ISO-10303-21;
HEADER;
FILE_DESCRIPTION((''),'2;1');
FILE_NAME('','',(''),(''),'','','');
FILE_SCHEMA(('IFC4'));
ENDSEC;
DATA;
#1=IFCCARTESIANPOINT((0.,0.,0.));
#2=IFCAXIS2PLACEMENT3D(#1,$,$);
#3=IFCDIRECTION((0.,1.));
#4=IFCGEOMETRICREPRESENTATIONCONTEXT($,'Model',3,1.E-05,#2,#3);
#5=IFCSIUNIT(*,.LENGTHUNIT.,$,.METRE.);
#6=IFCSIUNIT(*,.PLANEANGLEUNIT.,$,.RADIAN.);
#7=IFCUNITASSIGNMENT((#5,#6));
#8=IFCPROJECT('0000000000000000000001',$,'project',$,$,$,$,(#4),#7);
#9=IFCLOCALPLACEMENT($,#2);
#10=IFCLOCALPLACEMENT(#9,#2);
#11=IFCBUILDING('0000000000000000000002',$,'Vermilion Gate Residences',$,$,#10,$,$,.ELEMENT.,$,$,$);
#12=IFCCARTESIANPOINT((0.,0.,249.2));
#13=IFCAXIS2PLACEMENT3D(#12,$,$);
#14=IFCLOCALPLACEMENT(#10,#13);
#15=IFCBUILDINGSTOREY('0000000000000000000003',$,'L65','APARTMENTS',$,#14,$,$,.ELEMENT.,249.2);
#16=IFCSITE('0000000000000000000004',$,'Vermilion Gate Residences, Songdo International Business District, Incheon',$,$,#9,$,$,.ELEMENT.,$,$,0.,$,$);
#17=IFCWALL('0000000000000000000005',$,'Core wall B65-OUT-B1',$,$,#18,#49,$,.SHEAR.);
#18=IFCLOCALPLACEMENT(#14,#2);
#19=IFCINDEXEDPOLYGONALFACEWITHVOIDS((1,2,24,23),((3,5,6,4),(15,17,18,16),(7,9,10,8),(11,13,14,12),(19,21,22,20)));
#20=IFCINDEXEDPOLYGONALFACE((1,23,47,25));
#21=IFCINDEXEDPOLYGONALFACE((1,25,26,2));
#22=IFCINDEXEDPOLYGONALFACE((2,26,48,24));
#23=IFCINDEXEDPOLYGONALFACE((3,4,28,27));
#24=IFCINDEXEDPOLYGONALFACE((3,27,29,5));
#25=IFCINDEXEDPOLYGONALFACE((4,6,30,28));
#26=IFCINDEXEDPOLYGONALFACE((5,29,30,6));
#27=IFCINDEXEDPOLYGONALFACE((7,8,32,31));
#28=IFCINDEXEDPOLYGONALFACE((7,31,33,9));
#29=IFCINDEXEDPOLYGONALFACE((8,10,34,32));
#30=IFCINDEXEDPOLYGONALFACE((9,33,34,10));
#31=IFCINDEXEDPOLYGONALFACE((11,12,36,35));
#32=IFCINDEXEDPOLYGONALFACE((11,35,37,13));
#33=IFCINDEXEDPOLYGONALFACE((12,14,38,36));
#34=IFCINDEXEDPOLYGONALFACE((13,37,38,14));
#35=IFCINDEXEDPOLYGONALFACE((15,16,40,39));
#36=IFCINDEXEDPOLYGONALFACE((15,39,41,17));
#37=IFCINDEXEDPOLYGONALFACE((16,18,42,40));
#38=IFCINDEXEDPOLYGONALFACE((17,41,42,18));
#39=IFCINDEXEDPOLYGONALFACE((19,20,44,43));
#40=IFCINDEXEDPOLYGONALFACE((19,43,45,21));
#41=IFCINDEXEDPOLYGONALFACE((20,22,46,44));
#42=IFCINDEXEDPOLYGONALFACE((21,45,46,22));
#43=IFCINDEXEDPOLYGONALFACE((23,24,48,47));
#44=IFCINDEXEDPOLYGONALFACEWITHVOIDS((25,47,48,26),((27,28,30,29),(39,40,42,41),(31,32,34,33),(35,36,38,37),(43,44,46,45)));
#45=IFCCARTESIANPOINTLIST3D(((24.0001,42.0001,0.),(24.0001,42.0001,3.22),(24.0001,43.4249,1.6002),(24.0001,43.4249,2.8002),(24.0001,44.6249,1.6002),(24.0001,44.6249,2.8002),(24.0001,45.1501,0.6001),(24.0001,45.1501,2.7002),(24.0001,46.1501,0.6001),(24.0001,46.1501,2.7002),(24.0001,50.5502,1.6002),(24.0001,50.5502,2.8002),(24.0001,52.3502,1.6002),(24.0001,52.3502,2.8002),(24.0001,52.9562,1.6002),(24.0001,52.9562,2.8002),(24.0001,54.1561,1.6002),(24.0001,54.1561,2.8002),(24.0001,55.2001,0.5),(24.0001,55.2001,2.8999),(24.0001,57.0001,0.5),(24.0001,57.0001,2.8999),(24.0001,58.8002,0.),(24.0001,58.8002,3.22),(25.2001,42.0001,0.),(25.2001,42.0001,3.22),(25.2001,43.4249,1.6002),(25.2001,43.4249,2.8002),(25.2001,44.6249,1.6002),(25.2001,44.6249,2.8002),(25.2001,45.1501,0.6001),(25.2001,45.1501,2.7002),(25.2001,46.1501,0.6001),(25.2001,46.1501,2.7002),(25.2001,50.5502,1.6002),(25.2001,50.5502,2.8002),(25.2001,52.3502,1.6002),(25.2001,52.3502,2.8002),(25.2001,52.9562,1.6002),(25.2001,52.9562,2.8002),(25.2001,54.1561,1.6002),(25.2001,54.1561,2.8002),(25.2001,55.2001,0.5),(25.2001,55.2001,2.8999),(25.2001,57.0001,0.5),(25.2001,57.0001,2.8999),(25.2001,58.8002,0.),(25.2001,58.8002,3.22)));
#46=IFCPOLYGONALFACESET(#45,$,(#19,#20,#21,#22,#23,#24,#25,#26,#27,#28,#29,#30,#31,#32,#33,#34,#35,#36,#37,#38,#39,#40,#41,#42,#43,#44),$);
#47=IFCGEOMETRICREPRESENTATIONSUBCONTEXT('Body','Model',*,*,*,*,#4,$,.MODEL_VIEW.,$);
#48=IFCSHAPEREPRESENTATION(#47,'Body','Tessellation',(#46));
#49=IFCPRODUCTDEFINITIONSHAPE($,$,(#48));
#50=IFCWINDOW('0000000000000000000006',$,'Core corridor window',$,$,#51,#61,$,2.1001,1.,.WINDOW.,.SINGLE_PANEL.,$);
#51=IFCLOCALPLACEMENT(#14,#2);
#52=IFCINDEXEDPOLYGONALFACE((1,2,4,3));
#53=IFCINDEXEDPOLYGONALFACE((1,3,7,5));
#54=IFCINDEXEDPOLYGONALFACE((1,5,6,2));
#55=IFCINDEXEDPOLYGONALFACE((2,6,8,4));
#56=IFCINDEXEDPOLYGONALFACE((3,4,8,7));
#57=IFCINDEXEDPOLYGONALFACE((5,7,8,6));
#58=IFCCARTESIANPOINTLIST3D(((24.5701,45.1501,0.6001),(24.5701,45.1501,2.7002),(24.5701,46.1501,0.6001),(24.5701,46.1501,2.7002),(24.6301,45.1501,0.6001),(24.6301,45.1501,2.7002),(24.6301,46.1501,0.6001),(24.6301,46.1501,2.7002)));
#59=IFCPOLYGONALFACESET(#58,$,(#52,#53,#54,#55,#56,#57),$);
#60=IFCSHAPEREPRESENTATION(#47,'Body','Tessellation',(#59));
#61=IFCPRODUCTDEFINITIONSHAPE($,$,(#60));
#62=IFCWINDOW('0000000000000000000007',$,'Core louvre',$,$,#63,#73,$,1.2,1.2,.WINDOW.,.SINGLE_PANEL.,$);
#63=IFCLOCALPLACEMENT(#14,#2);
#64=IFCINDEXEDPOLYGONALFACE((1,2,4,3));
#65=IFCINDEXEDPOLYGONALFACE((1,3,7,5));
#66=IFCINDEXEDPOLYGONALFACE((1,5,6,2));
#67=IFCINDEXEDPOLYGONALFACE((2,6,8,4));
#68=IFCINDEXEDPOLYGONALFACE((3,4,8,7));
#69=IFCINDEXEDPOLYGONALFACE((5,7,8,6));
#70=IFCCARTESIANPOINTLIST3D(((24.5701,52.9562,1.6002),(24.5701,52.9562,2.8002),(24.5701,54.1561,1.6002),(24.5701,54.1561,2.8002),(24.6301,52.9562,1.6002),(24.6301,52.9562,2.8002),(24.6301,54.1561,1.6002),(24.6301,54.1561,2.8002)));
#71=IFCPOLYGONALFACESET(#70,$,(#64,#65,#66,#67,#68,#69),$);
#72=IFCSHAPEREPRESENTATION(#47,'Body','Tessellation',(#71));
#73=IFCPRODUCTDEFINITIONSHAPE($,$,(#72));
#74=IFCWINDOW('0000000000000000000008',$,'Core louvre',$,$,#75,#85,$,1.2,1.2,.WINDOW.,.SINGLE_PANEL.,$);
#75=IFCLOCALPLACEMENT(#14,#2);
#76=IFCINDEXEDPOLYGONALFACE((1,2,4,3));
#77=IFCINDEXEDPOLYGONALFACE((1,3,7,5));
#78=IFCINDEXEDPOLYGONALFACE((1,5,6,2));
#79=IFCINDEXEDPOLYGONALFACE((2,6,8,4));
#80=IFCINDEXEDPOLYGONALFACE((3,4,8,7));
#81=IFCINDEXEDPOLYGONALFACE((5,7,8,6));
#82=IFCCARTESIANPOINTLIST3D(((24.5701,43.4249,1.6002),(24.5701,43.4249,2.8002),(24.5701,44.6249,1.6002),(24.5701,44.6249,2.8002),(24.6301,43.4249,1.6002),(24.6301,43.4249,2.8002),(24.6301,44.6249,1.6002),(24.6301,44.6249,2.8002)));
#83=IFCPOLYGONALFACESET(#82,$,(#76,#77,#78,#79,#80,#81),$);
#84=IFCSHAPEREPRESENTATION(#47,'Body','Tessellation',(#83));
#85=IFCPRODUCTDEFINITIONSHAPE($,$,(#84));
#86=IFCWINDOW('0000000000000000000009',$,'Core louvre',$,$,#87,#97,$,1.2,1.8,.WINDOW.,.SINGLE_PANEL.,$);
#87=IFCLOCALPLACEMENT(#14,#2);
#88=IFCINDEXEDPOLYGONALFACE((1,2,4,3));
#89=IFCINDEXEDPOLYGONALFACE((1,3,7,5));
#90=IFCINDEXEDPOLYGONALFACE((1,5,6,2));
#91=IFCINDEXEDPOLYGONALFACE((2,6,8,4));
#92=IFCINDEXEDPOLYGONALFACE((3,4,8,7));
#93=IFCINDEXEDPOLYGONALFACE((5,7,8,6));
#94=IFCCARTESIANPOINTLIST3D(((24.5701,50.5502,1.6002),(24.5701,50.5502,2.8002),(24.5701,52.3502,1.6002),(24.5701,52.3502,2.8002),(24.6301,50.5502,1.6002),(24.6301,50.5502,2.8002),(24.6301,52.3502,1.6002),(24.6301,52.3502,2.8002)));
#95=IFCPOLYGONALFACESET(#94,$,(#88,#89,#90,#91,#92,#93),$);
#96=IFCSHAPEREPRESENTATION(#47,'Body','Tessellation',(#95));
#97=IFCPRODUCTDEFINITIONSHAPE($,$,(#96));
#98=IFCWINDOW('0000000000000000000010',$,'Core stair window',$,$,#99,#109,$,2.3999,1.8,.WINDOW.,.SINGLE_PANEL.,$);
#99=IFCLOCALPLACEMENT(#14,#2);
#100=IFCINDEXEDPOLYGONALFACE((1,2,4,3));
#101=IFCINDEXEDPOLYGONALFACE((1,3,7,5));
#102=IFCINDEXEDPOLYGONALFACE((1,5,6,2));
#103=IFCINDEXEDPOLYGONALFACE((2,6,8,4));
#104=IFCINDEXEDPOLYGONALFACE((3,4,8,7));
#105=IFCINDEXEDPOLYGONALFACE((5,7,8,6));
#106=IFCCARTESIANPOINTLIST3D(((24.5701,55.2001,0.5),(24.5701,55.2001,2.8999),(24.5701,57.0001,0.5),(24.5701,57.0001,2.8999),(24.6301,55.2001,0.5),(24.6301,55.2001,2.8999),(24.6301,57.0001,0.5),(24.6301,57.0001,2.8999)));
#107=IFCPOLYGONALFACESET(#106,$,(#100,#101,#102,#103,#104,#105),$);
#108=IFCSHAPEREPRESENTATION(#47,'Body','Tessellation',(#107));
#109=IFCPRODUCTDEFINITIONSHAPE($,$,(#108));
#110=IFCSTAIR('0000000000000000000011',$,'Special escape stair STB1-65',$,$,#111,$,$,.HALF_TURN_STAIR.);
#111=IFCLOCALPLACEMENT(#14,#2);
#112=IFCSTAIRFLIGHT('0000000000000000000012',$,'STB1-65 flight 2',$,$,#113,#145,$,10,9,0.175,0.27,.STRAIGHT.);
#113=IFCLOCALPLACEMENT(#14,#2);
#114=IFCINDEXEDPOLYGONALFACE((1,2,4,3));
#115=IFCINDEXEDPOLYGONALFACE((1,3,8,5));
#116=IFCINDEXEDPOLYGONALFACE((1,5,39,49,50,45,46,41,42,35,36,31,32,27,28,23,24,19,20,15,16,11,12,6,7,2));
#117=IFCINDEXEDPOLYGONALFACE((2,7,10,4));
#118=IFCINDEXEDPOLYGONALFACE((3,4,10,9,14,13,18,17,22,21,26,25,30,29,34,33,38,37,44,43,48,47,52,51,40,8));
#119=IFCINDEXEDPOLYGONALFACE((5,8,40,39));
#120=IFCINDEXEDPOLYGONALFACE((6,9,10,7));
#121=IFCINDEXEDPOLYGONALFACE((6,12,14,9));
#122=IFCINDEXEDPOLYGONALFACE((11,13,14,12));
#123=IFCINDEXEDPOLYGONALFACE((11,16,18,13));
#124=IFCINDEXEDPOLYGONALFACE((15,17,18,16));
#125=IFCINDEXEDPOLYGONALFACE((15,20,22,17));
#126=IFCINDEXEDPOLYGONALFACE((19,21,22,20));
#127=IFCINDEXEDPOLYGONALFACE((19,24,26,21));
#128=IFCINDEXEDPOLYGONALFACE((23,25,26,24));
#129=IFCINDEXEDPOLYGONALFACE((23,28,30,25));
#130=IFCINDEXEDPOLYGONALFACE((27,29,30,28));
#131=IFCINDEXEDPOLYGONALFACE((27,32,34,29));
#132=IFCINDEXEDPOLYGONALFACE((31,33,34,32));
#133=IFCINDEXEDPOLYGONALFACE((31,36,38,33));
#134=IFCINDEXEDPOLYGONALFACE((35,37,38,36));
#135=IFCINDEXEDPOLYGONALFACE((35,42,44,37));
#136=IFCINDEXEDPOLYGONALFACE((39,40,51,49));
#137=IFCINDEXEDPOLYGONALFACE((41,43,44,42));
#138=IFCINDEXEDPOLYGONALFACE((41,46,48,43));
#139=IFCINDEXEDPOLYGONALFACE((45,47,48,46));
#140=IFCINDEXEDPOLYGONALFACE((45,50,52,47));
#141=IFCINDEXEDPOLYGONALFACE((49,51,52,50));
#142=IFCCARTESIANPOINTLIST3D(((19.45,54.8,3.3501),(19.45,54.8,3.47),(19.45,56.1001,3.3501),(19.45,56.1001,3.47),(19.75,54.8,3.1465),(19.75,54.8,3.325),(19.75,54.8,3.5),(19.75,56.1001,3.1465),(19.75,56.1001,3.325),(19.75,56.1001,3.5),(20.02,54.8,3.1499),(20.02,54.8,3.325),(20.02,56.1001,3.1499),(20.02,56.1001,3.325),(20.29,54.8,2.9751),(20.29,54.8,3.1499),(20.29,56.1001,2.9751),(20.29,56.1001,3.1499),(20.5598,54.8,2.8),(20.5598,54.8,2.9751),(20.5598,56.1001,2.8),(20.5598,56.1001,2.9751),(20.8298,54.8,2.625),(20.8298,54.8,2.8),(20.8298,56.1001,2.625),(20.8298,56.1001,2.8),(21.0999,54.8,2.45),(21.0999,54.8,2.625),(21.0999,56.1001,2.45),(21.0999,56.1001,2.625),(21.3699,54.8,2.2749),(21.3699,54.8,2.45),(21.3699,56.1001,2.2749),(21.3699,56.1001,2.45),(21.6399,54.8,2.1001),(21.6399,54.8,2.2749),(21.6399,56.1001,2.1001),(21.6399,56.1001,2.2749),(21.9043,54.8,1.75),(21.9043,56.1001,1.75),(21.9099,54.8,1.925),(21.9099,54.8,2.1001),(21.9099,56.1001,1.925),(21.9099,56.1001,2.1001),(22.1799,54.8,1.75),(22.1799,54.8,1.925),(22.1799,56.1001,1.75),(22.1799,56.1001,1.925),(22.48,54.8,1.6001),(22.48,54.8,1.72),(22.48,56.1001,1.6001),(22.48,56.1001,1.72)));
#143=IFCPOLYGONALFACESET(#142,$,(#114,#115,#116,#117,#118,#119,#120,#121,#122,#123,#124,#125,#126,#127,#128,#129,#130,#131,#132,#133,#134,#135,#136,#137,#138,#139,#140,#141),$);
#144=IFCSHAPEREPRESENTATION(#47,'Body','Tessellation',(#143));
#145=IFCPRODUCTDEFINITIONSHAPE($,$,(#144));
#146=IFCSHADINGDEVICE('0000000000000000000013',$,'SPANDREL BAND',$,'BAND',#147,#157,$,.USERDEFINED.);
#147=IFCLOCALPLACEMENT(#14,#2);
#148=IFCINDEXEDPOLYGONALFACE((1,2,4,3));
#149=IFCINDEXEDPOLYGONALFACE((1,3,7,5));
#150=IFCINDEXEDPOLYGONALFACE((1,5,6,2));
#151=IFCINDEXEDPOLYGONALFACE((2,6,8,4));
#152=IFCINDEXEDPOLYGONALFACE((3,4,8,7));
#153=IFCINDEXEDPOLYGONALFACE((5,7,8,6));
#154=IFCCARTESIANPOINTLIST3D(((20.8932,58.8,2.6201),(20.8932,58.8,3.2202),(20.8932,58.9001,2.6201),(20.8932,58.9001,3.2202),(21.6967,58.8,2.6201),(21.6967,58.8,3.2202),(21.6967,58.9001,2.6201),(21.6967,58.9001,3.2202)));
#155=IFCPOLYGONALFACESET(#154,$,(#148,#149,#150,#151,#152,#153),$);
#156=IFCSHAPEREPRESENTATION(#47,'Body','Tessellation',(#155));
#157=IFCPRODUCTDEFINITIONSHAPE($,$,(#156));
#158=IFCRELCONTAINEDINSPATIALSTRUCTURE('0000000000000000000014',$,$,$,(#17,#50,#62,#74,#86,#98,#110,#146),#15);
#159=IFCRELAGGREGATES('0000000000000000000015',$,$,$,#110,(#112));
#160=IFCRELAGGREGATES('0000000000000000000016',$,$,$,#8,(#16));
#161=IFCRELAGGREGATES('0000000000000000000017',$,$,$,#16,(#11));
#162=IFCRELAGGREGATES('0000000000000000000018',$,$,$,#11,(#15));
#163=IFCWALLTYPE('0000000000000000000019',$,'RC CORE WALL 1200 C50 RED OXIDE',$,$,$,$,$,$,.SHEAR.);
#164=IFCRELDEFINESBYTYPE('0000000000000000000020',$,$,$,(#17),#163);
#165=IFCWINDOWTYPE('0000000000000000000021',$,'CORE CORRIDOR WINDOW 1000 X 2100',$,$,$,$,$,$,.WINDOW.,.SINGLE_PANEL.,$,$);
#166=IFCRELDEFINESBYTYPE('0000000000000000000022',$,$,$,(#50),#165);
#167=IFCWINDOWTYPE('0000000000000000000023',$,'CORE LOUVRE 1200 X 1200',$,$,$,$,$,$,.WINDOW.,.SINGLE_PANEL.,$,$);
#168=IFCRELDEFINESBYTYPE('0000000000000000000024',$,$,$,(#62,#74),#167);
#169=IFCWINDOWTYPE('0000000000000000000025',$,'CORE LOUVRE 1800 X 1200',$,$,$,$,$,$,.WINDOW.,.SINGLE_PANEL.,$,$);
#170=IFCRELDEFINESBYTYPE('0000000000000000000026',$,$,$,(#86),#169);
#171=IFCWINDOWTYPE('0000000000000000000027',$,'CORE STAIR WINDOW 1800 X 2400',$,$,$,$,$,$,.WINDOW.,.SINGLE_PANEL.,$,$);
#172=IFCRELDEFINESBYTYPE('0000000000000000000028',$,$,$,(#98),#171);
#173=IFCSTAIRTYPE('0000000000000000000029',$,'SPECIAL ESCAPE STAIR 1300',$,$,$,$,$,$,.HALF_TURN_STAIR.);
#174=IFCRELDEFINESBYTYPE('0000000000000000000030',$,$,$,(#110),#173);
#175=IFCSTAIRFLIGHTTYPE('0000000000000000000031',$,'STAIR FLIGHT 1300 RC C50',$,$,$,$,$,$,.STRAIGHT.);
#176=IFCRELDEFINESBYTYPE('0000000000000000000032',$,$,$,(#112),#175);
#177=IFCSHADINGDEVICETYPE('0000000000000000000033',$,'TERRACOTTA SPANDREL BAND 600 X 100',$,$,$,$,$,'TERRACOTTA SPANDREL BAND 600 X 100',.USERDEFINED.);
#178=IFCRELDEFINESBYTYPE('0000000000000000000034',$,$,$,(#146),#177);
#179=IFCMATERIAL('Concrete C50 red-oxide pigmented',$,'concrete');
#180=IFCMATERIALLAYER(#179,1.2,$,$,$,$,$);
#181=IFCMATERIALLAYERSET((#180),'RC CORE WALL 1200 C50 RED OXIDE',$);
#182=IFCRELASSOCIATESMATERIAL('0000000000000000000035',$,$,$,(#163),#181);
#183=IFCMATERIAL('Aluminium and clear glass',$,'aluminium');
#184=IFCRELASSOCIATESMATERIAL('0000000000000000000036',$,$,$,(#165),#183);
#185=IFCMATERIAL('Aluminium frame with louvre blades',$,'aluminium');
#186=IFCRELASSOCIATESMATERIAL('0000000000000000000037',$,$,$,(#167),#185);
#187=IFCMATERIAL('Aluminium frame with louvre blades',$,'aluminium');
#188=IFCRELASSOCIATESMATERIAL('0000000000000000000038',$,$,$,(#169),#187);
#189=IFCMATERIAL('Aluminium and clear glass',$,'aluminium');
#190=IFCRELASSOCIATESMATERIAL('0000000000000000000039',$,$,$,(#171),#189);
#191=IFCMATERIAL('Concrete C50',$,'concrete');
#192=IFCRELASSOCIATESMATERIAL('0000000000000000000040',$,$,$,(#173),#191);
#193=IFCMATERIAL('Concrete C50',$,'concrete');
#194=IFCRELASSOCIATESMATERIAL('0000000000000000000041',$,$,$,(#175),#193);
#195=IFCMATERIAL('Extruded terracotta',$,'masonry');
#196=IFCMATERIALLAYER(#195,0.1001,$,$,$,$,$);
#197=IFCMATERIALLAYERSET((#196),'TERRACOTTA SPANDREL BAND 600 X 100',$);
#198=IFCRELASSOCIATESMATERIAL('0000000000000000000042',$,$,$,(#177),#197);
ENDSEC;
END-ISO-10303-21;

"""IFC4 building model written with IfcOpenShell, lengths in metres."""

from ifc_helpers import new_model, si_unit, direction, frame, frame_2d, origin, origin_2d, place, context, subcontext, project, spatial, polyline, rectangle, outline, extrude, material, layer, layer_set, type_object, element, fill, aggregate, save


model = new_model("IFC4")

# Units and contexts
model_context = context("Model", 3, precision=1e-05, world=origin(), true_north=direction((0.0, 1.0)))
body_context = subcontext(model_context, "Body", "Model", "MODEL_VIEW")
ifc_project = project(units=[si_unit("LENGTHUNIT", "METRE"), si_unit("PLANEANGLEUNIT", "RADIAN")], contexts=[model_context])

# Site, building, storey
site_placement = place(None, origin())
site = spatial("IfcSite", under=ifc_project, at=site_placement, Name="Vermilion Gate Residences, Songdo International Business District, Incheon", CompositionType="ELEMENT", RefElevation=0.0)
building_placement = place(site_placement, origin())
building = spatial("IfcBuilding", under=site, at=building_placement, Name="Vermilion Gate Residences", CompositionType="ELEMENT")
storey_placement = place(building_placement, frame((0.0, 0.0, 249.2)))
storey = spatial("IfcBuildingStorey", under=building, at=storey_placement, Name="L65", Description="APARTMENTS", CompositionType="ELEMENT", Elevation=249.2)

# Wall, openings, windows
ifc_material_1 = material(Name="Concrete C50 red-oxide pigmented", Category="concrete")
ifc_layer_1 = layer(ifc_material_1, 1.2)
ifc_layer_set_1 = layer_set([ifc_layer_1], Name="RC CORE WALL 1200 C50 RED OXIDE")
wall_type_1 = type_object("IfcWallType", Name="RC CORE WALL 1200 C50 RED OXIDE", PredefinedType="SHEAR", material=ifc_layer_set_1)
wall_1_placement = place(storey_placement, frame((24.6001, 58.8, 0.0), z_axis=(0.0, 0.0, 1.0), x_axis=(0.0, -1.0, 0.0)))
wall_1 = element("IfcWall", 1, at=wall_1_placement, inside=storey, type_object=wall_type_1, Name="Core wall B65-OUT-B1", PredefinedType="SHEAR", context=body_context, shape_type="SweptSolid", body=[
    extrude(rectangle(XDim=16.8, YDim=1.2, at=frame_2d((8.3999, 0.0))), origin(), (0.0, 0.0, 1.0), 3.22),
])
opening_1_placement = place(wall_1_placement, frame((1.8, 0.0, 0.5)))
opening_1 = element("IfcOpeningElement", 2, at=opening_1_placement, cuts=wall_1, PredefinedType="OPENING", context=body_context, shape_type="SweptSolid", body=[
    extrude(rectangle(XDim=1.8, YDim=2.3999, at=frame_2d((0.8999, 1.2))), frame((0.0, 0.6099, 0.0), z_axis=(0.0, -1.0, 0.0), x_axis=(1.0, 0.0, 0.0)), (0.0, 0.0, 1.0), 1.22),
])
opening_2_placement = place(wall_1_placement, frame((4.6438, 0.0, 1.6001)))
opening_2 = element("IfcOpeningElement", 3, at=opening_2_placement, cuts=wall_1, PredefinedType="OPENING", context=body_context, shape_type="SweptSolid", body=[
    extrude(rectangle(XDim=1.2, YDim=1.2, at=frame_2d((0.6001, 0.6001))), frame((0.0, 0.6099, 0.0), z_axis=(0.0, -1.0, 0.0), x_axis=(1.0, 0.0, 0.0)), (0.0, 0.0, 1.0), 1.22),
])
opening_3_placement = place(wall_1_placement, frame((6.45, 0.0, 1.6001)))
opening_3 = element("IfcOpeningElement", 4, at=opening_3_placement, cuts=wall_1, PredefinedType="OPENING", context=body_context, shape_type="SweptSolid", body=[
    extrude(rectangle(XDim=1.8, YDim=1.2, at=frame_2d((0.8999, 0.6001))), frame((0.0, 0.6099, 0.0), z_axis=(0.0, -1.0, 0.0), x_axis=(1.0, 0.0, 0.0)), (0.0, 0.0, 1.0), 1.22),
])
opening_4_placement = place(wall_1_placement, frame((12.6499, 0.0, 0.6001)))
opening_4 = element("IfcOpeningElement", 5, at=opening_4_placement, cuts=wall_1, PredefinedType="OPENING", context=body_context, shape_type="SweptSolid", body=[
    extrude(rectangle(XDim=1.0, YDim=2.1001, at=frame_2d((0.5, 1.05))), frame((0.0, 0.6099, 0.0), z_axis=(0.0, -1.0, 0.0), x_axis=(1.0, 0.0, 0.0)), (0.0, 0.0, 1.0), 1.22),
])
opening_5_placement = place(wall_1_placement, frame((14.175, 0.0, 1.6001)))
opening_5 = element("IfcOpeningElement", 6, at=opening_5_placement, cuts=wall_1, PredefinedType="OPENING", context=body_context, shape_type="SweptSolid", body=[
    extrude(rectangle(XDim=1.2, YDim=1.2, at=frame_2d((0.6001, 0.6001))), frame((0.0, 0.6099, 0.0), z_axis=(0.0, -1.0, 0.0), x_axis=(1.0, 0.0, 0.0)), (0.0, 0.0, 1.0), 1.22),
])
ifc_material_2 = material(Name="Aluminium and clear glass", Category="aluminium")
window_type_1 = type_object("IfcWindowType", Name="CORE CORRIDOR WINDOW 1000 X 2100", PartitioningType="SINGLE_PANEL", PredefinedType="WINDOW", material=ifc_material_2)
window_1_placement = place(opening_4_placement, origin())
window_1 = element("IfcWindow", 7, at=window_1_placement, inside=storey, type_object=window_type_1, Name="Core corridor window", OverallHeight=2.1001, OverallWidth=1.0, PartitioningType="SINGLE_PANEL", PredefinedType="WINDOW", context=body_context, shape_type="SweptSolid", body=[
    extrude(rectangle(XDim=1.0, YDim=2.1001, at=frame_2d((0.5, 1.05))), frame((0.0, 0.03, 0.0), z_axis=(0.0, -1.0, 0.0), x_axis=(1.0, 0.0, 0.0)), (0.0, 0.0, 1.0), 0.0601),
])
fill(opening_4, window_1)
ifc_material_3 = material(Name="Aluminium frame with louvre blades", Category="aluminium")
window_type_2 = type_object("IfcWindowType", Name="CORE LOUVRE 1200 X 1200", PartitioningType="SINGLE_PANEL", PredefinedType="WINDOW", material=ifc_material_3)
window_2_placement = place(opening_2_placement, origin())
window_2 = element("IfcWindow", 8, at=window_2_placement, inside=storey, type_object=window_type_2, Name="Core louvre", OverallHeight=1.2, OverallWidth=1.2, PartitioningType="SINGLE_PANEL", PredefinedType="WINDOW", context=body_context, shape_type="SweptSolid", body=[
    extrude(rectangle(XDim=1.2, YDim=1.2, at=frame_2d((0.6001, 0.6001))), frame((0.0, 0.03, 0.0), z_axis=(0.0, -1.0, 0.0), x_axis=(1.0, 0.0, 0.0)), (0.0, 0.0, 1.0), 0.0601),
])
fill(opening_2, window_2)
window_3_placement = place(opening_5_placement, origin())
window_3 = element("IfcWindow", 9, at=window_3_placement, inside=storey, type_object=window_type_2, Name="Core louvre", OverallHeight=1.2, OverallWidth=1.2, PartitioningType="SINGLE_PANEL", PredefinedType="WINDOW", context=body_context, shape_type="SweptSolid", body=[
    extrude(rectangle(XDim=1.2, YDim=1.2, at=frame_2d((0.6001, 0.6001))), frame((0.0, 0.03, 0.0), z_axis=(0.0, -1.0, 0.0), x_axis=(1.0, 0.0, 0.0)), (0.0, 0.0, 1.0), 0.0601),
])
fill(opening_5, window_3)
ifc_material_4 = material(Name="Aluminium frame with louvre blades", Category="aluminium")
window_type_3 = type_object("IfcWindowType", Name="CORE LOUVRE 1800 X 1200", PartitioningType="SINGLE_PANEL", PredefinedType="WINDOW", material=ifc_material_4)
window_4_placement = place(opening_3_placement, origin())
window_4 = element("IfcWindow", 10, at=window_4_placement, inside=storey, type_object=window_type_3, Name="Core louvre", OverallHeight=1.2, OverallWidth=1.8, PartitioningType="SINGLE_PANEL", PredefinedType="WINDOW", context=body_context, shape_type="SweptSolid", body=[
    extrude(rectangle(XDim=1.8, YDim=1.2, at=frame_2d((0.8999, 0.6001))), frame((0.0, 0.03, 0.0), z_axis=(0.0, -1.0, 0.0), x_axis=(1.0, 0.0, 0.0)), (0.0, 0.0, 1.0), 0.0601),
])
fill(opening_3, window_4)
ifc_material_5 = material(Name="Aluminium and clear glass", Category="aluminium")
window_type_4 = type_object("IfcWindowType", Name="CORE STAIR WINDOW 1800 X 2400", PartitioningType="SINGLE_PANEL", PredefinedType="WINDOW", material=ifc_material_5)
window_5_placement = place(opening_1_placement, origin())
window_5 = element("IfcWindow", 11, at=window_5_placement, inside=storey, type_object=window_type_4, Name="Core stair window", OverallHeight=2.3999, OverallWidth=1.8, PartitioningType="SINGLE_PANEL", PredefinedType="WINDOW", context=body_context, shape_type="SweptSolid", body=[
    extrude(rectangle(XDim=1.8, YDim=2.3999, at=frame_2d((0.8999, 1.2))), frame((0.0, 0.03, 0.0), z_axis=(0.0, -1.0, 0.0), x_axis=(1.0, 0.0, 0.0)), (0.0, 0.0, 1.0), 0.0601),
])
fill(opening_1, window_5)

# Stair, stair flight
ifc_material_6 = material(Name="Concrete C50", Category="concrete")
stair_type = type_object("IfcStairType", Name="SPECIAL ESCAPE STAIR 1300", PredefinedType="HALF_TURN_STAIR", material=ifc_material_6)
stair_placement = place(storey_placement, origin())
stair = element("IfcStair", 12, at=stair_placement, inside=storey, type_object=stair_type, Name="Special escape stair STB1-65", PredefinedType="HALF_TURN_STAIR")
ifc_material_7 = material(Name="Concrete C50", Category="concrete")
stair_flight_type = type_object("IfcStairFlightType", Name="STAIR FLIGHT 1300 RC C50", PredefinedType="STRAIGHT", material=ifc_material_7)
stair_flight_placement = place(storey_placement, frame((22.1799, 55.45, 1.75), z_axis=(0.0, 0.0, 1.0), x_axis=(-1.0, 0.0, 0.0)))
stair_flight = element("IfcStairFlight", 13, at=stair_flight_placement, type_object=stair_flight_type, Name="STB1-65 flight 2", NumberOfRisers=10, NumberOfTreads=9, PredefinedType="STRAIGHT", RiserHeight=0.175, TreadLength=0.27, context=body_context, shape_type="SweptSolid", body=[
    extrude(outline(polyline([(-0.3, -0.1499), (-0.3, -0.03), (0.0, 0.0), (0.0, 0.175), (0.27, 0.175), (0.27, 0.3501), (0.54, 0.3501), (0.54, 0.5249), (0.8101, 0.5249), (0.8101, 0.7), (1.0801, 0.7), (1.0801, 0.875), (1.3501, 0.875), (1.3501, 1.05), (1.6201, 1.05), (1.6201, 1.2251), (1.8899, 1.2251), (1.8899, 1.3999), (2.1599, 1.3999), (2.1599, 1.575), (2.4299, 1.575), (2.4299, 1.75), (2.73, 1.72), (2.73, 1.6001), (2.4299, 1.3965), (0.2756, 0.0), (-0.3, -0.1499)])), frame((0.0, 0.6499, 0.0), z_axis=(0.0, -1.0, 0.0), x_axis=(1.0, 0.0, 0.0)), (0.0, 0.0, 1.0), 1.3),
])
aggregate(stair, [stair_flight])

# Shading device
ifc_material_8 = material(Name="Extruded terracotta", Category="masonry")
ifc_layer_2 = layer(ifc_material_8, 0.1001)
ifc_layer_set_2 = layer_set([ifc_layer_2], Name="TERRACOTTA SPANDREL BAND 600 X 100")
shading_device_type = type_object("IfcShadingDeviceType", Name="TERRACOTTA SPANDREL BAND 600 X 100", ElementType="TERRACOTTA SPANDREL BAND 600 X 100", PredefinedType="USERDEFINED", material=ifc_layer_set_2)
shading_device_1_placement = place(storey_placement, frame((21.2949, 58.8501, 2.6201), z_axis=(0.0, 0.0, 1.0), x_axis=(1.0, 0.0, 0.0)))
element("IfcShadingDevice", 14, at=shading_device_1_placement, inside=storey, type_object=shading_device_type, Name="SPANDREL BAND", ObjectType="BAND", PredefinedType="USERDEFINED", context=body_context, shape_type="SweptSolid", body=[
    extrude(rectangle(XDim=0.8035, YDim=0.1001, at=origin_2d()), origin(), (0.0, 0.0, 1.0), 0.6001),
])

save(model, "model.ifc")
